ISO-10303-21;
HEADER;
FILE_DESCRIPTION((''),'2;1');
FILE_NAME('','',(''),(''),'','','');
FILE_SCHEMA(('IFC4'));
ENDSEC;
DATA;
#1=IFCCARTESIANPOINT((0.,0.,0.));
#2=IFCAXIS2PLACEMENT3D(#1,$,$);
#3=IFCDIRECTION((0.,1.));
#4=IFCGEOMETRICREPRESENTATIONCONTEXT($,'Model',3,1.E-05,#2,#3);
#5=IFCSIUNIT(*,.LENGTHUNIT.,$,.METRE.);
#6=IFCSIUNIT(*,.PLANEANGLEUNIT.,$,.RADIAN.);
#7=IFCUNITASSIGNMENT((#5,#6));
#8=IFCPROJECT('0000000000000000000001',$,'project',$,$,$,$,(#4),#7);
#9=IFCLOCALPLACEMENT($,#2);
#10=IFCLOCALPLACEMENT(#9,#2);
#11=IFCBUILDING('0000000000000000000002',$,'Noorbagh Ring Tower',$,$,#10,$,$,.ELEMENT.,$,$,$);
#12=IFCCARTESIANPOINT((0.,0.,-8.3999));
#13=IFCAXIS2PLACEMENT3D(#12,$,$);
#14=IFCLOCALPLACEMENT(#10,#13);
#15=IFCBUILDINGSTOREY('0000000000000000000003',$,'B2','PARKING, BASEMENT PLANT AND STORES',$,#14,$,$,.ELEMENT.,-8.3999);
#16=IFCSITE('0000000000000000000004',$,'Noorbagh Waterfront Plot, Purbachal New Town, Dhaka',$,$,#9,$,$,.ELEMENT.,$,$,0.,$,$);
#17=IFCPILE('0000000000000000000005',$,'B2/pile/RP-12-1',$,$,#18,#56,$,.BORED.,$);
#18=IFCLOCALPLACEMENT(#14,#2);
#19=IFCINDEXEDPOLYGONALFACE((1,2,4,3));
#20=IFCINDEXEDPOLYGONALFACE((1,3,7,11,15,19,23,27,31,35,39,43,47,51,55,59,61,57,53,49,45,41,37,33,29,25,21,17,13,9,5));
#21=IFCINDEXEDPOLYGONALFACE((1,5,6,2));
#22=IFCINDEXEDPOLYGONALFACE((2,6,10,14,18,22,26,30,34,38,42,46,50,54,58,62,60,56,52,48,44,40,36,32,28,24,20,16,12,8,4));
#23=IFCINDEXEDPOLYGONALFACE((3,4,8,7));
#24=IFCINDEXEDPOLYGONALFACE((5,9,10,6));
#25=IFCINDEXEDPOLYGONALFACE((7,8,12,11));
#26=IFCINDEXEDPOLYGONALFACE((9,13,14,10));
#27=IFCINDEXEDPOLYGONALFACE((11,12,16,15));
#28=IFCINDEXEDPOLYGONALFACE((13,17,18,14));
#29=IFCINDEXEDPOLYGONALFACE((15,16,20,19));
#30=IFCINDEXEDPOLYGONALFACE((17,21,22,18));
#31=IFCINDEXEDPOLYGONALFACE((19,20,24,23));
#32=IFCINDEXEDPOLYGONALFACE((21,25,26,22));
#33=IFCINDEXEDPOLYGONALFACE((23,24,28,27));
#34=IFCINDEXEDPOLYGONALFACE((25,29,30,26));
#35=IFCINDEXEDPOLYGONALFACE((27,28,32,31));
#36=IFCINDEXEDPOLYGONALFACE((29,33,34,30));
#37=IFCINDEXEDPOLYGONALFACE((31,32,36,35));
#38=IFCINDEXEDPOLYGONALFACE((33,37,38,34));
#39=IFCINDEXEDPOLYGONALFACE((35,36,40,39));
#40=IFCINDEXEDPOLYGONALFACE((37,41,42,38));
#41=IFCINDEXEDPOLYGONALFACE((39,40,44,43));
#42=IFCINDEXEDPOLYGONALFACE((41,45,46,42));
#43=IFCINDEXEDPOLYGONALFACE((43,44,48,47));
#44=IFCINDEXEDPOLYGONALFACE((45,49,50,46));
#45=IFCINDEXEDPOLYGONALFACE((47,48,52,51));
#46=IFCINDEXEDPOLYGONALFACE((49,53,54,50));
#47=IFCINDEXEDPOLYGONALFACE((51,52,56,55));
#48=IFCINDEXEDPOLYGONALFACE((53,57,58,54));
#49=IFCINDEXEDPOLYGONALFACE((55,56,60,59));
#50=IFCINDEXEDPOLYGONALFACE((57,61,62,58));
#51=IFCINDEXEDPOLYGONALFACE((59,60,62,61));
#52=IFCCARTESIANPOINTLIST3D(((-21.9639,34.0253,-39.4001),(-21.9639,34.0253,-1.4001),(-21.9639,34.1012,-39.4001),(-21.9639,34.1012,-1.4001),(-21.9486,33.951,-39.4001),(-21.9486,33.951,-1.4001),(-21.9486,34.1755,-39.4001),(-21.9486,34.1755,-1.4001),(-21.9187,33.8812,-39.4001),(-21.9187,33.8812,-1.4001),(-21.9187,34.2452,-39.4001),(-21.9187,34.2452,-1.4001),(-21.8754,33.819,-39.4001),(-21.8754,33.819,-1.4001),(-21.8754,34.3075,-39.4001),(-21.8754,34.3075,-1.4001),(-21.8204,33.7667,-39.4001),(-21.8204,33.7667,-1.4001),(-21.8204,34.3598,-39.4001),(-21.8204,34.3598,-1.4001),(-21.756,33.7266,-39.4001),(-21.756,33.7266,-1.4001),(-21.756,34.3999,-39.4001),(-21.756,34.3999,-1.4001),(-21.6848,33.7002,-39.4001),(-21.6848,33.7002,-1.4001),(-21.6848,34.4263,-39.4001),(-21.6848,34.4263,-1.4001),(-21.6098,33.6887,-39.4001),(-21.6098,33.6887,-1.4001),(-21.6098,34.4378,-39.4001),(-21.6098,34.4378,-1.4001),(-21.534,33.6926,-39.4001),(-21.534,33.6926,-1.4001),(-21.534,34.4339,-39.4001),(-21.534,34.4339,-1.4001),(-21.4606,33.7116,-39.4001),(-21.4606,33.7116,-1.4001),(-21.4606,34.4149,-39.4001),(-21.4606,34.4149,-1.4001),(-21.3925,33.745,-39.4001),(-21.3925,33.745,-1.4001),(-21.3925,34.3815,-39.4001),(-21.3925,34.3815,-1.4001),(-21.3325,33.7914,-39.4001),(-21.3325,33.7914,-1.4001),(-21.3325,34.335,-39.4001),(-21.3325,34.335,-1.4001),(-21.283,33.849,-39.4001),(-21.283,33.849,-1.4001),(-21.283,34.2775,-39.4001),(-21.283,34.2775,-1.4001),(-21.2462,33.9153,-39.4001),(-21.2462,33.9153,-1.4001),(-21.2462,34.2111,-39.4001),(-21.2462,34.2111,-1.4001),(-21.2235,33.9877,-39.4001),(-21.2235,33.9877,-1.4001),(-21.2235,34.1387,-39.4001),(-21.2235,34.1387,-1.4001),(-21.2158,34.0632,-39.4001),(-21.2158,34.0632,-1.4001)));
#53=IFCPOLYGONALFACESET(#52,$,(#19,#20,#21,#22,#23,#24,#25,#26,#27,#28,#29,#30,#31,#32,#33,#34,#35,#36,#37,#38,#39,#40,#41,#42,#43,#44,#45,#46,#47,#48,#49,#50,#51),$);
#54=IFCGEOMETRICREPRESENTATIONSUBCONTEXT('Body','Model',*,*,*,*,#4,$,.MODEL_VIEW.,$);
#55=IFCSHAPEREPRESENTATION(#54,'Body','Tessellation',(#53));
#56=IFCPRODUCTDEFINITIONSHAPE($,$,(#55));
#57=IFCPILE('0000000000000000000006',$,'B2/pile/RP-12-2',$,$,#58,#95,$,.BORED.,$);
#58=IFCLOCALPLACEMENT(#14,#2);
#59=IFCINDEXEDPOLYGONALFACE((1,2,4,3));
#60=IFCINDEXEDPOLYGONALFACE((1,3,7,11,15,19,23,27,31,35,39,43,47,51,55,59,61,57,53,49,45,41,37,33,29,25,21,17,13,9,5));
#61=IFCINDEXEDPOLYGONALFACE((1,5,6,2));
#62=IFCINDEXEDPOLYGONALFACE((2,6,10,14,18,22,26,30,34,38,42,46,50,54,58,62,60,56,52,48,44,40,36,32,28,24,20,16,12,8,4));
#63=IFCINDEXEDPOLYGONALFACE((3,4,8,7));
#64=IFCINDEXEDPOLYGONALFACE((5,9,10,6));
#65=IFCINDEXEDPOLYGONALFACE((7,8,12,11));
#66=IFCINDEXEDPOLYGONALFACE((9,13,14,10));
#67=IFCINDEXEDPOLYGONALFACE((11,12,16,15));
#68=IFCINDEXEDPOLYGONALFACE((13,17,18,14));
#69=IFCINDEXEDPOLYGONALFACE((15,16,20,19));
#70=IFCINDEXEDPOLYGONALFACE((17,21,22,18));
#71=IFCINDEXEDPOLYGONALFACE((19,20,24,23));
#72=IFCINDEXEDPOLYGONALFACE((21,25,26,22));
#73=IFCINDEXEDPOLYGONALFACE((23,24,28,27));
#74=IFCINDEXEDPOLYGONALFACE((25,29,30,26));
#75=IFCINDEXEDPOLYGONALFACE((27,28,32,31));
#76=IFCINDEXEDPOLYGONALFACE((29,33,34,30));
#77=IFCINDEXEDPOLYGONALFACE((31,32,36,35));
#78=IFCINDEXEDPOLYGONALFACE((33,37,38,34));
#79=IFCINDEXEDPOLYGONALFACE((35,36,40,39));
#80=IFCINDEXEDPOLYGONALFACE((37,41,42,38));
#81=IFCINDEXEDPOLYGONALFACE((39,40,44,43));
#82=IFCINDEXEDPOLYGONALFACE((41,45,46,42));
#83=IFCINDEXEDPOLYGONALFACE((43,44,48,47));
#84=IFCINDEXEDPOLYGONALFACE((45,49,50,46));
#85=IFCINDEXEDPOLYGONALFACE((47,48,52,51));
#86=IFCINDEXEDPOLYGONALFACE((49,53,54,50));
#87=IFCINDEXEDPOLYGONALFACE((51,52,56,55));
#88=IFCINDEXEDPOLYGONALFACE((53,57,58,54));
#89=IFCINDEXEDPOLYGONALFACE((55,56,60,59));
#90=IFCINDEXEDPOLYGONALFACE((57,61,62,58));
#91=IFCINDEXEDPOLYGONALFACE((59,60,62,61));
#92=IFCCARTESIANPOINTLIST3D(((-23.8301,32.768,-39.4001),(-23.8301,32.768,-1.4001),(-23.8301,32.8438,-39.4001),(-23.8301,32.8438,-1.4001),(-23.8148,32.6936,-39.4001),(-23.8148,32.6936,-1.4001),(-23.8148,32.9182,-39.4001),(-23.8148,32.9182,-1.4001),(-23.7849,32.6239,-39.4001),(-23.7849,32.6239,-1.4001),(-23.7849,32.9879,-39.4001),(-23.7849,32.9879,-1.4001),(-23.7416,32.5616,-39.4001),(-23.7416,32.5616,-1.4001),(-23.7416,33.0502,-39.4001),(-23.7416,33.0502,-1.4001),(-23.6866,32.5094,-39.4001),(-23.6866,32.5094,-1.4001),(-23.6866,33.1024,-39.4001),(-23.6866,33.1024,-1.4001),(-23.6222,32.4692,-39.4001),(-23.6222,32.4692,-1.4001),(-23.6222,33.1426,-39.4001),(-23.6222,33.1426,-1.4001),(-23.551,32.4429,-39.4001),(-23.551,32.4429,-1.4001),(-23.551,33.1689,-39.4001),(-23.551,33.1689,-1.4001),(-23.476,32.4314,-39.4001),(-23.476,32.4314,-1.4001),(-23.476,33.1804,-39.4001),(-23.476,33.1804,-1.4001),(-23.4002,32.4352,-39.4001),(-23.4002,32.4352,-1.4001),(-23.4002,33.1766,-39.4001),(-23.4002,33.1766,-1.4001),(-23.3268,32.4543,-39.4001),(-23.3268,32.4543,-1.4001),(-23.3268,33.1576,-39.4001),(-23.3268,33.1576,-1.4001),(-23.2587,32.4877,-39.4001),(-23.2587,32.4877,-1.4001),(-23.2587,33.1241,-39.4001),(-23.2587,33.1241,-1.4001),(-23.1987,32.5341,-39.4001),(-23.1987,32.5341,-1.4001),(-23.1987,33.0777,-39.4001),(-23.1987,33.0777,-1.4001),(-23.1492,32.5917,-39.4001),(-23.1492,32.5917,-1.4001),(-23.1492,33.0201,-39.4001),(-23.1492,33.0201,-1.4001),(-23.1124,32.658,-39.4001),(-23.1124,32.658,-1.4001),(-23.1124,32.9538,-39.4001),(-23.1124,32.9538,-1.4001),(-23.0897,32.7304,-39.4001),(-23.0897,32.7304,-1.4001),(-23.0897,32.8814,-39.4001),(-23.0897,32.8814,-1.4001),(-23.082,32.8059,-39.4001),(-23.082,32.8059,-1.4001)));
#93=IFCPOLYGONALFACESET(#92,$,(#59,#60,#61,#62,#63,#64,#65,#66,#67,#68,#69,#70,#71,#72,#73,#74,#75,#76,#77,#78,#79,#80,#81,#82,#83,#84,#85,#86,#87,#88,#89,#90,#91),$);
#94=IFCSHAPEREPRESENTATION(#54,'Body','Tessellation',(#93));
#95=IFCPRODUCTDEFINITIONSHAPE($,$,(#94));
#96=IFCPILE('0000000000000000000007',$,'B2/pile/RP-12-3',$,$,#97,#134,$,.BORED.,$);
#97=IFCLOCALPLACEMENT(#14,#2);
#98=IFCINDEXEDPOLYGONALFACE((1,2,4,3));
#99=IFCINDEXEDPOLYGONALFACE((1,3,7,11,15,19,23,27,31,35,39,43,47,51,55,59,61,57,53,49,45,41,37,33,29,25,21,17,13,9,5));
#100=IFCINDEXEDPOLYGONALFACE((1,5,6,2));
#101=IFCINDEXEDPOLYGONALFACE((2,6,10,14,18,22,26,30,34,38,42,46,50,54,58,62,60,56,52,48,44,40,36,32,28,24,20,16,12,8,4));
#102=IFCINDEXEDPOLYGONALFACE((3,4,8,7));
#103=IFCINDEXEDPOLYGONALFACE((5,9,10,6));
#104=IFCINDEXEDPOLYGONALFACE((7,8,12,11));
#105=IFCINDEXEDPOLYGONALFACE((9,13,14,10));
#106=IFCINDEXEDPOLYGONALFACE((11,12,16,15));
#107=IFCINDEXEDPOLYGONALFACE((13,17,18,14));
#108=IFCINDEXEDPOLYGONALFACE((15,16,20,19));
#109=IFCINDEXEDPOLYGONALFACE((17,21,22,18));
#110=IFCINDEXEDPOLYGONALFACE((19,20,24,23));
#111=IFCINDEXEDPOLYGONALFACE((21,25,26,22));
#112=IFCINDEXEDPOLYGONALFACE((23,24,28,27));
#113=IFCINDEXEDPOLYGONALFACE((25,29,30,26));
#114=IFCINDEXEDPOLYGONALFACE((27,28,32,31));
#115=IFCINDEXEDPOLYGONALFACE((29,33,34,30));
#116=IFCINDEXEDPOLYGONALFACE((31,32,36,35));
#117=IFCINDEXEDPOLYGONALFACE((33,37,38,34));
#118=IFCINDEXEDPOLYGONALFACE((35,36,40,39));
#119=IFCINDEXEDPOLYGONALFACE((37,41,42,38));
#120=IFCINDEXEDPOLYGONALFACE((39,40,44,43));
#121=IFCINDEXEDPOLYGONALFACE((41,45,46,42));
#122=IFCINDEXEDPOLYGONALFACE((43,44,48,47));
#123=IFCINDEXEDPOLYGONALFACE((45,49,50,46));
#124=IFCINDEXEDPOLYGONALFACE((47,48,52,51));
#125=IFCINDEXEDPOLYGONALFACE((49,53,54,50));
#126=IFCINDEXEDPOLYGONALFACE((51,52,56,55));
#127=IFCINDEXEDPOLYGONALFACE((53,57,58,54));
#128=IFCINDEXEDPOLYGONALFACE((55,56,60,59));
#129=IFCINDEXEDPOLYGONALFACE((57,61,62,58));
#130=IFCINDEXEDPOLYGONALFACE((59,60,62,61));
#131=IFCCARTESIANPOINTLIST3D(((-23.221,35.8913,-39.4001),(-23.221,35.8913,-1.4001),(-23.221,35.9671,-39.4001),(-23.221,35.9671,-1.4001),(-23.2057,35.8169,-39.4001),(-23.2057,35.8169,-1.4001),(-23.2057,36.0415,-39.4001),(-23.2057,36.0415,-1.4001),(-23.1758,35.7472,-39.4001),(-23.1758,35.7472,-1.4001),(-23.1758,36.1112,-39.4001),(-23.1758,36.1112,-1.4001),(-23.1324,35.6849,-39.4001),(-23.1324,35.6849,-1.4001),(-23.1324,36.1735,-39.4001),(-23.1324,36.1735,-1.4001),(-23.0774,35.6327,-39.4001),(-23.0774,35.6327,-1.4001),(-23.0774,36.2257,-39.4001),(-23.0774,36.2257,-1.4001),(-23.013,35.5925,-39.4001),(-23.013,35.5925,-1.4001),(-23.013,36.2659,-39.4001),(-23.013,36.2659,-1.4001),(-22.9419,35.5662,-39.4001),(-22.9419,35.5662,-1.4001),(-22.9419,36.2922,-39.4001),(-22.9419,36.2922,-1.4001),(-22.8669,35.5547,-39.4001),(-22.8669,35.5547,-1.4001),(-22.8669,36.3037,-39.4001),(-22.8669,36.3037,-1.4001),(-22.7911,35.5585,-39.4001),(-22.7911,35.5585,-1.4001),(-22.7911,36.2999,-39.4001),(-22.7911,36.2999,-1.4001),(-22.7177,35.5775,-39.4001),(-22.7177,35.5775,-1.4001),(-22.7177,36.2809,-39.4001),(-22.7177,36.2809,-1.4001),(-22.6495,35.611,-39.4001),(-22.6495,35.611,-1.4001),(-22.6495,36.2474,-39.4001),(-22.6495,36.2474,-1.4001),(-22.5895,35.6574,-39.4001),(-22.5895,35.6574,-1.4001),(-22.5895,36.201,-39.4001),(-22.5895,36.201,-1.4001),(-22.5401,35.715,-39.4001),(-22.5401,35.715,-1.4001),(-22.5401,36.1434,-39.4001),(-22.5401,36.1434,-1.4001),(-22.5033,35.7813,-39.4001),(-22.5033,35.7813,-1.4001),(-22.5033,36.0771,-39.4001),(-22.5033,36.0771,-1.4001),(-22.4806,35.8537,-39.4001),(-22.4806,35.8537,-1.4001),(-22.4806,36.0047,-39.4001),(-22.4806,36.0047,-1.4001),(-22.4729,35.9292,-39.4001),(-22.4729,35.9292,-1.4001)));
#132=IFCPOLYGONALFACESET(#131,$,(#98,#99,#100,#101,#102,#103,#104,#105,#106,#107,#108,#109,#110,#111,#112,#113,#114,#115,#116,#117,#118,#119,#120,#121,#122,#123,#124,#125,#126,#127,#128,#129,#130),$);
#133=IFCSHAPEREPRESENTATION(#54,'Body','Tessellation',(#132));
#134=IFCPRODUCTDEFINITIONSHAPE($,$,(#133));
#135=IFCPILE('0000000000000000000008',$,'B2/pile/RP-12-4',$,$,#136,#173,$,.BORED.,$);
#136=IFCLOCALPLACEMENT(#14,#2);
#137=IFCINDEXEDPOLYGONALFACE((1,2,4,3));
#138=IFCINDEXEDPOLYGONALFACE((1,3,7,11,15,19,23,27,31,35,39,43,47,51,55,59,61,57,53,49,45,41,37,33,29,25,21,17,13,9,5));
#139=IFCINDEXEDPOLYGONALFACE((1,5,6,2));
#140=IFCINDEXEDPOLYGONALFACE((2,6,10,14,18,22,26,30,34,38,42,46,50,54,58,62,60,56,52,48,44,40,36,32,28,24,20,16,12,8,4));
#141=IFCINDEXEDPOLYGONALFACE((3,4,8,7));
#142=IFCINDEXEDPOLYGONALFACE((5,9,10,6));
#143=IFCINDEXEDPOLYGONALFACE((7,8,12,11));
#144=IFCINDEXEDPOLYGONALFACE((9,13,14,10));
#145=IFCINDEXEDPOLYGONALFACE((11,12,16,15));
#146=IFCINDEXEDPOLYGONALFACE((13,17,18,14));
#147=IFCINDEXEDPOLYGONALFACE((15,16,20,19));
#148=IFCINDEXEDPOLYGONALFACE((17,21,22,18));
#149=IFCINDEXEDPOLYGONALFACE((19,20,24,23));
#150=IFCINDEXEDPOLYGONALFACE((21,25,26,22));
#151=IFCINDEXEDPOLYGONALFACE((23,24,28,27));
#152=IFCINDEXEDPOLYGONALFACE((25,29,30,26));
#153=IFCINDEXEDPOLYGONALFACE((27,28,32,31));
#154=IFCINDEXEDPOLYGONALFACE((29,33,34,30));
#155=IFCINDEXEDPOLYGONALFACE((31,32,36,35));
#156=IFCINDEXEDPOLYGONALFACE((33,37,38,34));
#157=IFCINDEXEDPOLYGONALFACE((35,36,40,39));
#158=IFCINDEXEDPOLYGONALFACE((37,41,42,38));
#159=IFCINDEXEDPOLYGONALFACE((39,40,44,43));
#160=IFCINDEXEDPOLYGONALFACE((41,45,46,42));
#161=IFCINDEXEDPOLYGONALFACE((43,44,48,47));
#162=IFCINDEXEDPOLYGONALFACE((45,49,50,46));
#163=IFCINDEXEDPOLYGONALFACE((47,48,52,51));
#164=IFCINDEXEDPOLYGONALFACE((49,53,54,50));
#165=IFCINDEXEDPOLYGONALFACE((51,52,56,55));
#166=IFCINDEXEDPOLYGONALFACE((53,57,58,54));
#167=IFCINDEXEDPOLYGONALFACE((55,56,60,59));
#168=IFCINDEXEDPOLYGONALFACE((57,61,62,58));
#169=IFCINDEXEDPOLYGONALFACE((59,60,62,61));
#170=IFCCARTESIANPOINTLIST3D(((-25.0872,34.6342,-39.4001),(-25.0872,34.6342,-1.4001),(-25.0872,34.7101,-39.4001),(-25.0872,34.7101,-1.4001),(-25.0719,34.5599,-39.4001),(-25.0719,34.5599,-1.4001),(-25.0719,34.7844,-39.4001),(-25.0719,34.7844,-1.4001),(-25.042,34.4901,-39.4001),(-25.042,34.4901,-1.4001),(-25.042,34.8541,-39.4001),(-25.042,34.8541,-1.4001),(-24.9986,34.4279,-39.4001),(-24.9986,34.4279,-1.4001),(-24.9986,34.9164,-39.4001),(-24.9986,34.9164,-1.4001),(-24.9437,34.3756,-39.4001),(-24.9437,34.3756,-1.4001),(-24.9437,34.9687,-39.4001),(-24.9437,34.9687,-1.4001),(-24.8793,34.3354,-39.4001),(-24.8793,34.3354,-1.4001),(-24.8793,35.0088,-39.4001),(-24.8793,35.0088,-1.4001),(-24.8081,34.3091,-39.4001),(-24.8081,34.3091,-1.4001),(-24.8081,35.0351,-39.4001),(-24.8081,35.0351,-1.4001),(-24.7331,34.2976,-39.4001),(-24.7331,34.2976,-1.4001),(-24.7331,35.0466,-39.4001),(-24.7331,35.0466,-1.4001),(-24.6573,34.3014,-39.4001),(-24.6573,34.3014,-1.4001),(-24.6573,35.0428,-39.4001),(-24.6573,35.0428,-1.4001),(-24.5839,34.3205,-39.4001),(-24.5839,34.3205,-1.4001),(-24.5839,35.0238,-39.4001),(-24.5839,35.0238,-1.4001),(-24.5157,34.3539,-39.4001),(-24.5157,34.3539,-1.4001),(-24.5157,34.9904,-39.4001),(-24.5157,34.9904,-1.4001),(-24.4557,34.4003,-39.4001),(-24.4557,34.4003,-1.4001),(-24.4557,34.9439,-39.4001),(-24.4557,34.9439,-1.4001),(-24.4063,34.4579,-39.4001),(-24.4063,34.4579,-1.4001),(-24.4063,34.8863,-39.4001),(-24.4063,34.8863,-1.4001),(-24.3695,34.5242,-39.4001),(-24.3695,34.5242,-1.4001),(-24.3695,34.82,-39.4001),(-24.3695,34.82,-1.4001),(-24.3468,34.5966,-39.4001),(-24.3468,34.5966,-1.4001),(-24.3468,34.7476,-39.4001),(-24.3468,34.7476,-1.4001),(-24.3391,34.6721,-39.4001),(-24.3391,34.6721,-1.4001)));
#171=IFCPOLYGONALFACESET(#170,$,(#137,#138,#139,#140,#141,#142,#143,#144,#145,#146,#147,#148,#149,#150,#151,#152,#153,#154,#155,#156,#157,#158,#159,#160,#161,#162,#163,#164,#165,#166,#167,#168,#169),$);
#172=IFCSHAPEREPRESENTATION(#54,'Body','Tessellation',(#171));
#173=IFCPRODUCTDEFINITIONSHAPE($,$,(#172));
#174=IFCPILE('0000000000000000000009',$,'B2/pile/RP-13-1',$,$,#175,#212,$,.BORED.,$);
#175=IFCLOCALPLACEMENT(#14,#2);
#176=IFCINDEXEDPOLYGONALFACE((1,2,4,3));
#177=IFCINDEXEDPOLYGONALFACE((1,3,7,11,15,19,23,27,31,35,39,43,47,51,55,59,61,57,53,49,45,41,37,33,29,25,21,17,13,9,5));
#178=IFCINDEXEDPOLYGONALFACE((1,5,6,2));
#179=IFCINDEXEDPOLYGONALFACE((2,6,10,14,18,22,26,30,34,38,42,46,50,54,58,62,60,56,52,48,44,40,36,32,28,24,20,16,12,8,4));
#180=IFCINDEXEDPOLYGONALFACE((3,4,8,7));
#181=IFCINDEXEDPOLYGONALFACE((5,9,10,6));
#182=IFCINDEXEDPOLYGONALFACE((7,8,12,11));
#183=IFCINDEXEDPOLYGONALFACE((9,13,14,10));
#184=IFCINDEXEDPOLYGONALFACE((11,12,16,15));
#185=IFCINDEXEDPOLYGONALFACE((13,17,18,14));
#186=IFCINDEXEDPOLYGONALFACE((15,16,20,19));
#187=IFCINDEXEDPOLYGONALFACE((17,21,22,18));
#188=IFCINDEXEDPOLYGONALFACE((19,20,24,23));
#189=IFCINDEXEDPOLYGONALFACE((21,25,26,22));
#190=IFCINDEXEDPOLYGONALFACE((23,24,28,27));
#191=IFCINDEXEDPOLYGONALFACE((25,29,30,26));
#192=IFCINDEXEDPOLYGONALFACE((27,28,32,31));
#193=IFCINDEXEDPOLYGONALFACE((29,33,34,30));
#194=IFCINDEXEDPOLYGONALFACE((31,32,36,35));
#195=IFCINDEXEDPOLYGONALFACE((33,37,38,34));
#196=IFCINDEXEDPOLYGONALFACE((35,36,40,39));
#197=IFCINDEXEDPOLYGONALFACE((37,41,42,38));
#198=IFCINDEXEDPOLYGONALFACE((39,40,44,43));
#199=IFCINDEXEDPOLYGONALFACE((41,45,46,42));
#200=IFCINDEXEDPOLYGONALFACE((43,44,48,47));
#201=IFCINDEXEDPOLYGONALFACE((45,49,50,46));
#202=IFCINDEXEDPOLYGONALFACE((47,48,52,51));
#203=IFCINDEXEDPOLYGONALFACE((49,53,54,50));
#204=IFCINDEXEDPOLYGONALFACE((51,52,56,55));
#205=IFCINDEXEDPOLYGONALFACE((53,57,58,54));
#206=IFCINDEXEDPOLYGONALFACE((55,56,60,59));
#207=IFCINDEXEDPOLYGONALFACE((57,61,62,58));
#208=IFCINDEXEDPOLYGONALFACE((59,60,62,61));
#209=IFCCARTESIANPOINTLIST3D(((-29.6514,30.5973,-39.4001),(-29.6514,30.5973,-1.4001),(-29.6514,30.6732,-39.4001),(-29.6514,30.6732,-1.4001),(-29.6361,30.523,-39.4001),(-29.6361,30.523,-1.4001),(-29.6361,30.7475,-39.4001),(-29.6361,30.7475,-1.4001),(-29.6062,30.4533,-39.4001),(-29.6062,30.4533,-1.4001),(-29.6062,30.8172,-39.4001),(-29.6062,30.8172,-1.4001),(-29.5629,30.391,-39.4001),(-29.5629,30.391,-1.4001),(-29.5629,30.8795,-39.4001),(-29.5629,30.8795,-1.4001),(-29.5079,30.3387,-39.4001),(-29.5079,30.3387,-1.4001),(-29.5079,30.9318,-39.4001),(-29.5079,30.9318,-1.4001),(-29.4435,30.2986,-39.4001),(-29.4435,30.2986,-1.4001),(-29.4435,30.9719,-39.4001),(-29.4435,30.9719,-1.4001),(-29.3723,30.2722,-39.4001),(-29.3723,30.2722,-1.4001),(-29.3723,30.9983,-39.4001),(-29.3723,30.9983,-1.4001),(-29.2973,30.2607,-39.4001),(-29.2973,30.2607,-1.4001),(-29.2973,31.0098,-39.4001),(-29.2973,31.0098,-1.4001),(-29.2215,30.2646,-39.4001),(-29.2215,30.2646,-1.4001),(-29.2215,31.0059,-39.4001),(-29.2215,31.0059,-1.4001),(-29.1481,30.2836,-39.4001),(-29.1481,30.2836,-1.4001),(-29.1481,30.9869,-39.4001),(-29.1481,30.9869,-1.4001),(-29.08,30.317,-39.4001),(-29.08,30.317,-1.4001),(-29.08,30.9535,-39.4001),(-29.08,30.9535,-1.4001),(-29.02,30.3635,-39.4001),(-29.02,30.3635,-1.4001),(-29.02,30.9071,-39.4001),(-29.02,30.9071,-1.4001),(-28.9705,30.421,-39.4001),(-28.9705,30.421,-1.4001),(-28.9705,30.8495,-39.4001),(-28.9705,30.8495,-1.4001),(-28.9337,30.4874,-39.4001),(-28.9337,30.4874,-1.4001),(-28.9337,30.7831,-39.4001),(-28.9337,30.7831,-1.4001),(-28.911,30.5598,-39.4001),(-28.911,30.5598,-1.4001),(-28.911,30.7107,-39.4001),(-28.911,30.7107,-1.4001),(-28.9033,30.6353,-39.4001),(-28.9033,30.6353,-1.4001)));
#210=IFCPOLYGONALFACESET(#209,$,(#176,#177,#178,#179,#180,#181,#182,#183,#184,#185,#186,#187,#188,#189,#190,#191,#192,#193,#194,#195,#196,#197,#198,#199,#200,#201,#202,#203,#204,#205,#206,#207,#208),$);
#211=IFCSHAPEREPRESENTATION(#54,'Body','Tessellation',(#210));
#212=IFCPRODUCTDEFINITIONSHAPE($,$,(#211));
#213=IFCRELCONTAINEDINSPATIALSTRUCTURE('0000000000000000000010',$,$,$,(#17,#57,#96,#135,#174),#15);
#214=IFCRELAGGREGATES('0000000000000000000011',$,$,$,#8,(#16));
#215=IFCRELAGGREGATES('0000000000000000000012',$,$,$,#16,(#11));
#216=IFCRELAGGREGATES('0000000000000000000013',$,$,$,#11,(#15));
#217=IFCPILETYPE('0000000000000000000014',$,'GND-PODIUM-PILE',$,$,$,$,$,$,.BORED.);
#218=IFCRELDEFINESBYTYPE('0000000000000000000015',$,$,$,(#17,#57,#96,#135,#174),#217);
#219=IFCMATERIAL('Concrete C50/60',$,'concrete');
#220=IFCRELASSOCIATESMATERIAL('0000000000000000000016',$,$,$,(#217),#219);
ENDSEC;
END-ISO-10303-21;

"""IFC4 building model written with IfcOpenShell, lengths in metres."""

from ifc_helpers import new_model, si_unit, direction, frame, origin, origin_2d, place, context, subcontext, project, spatial, circle, extrude, material, material_profile, profile_set, type_object, element, save


model = new_model("IFC4")

# Units and contexts
model_context = context("Model", 3, precision=1e-05, world=origin(), true_north=direction((0.0, 1.0)))
body_context = subcontext(model_context, "Body", "Model", "MODEL_VIEW")
ifc_project = project(units=[si_unit("LENGTHUNIT", "METRE"), si_unit("PLANEANGLEUNIT", "RADIAN")], contexts=[model_context])

# Site, building, storey
site_placement = place(None, origin())
site = spatial("IfcSite", under=ifc_project, at=site_placement, Name="Noorbagh Waterfront Plot, Purbachal New Town, Dhaka", CompositionType="ELEMENT", RefElevation=0.0)
building_placement = place(site_placement, origin())
building = spatial("IfcBuilding", under=site, at=building_placement, Name="Noorbagh Ring Tower", CompositionType="ELEMENT")
storey_placement = place(building_placement, frame((0.0, 0.0, -8.3999)))
storey = spatial("IfcBuildingStorey", under=building, at=storey_placement, Name="B2", Description="PARKING, BASEMENT PLANT AND STORES", CompositionType="ELEMENT", Elevation=-8.3999)

# Piles
ifc_material_1 = material(Name="Concrete C50/60", Category="concrete")
ifc_material_profile_1 = material_profile(ifc_material_1, circle(Radius=0.375, at=origin_2d()), Name="PILE750")
ifc_profile_set_1 = profile_set([ifc_material_profile_1], Name="Concrete C50/60")
pile_type_1 = type_object("IfcPileType", Name="GND-PODIUM-PILE", PredefinedType="BORED", material=ifc_profile_set_1)
for number, where, z_axis, x_axis, name in (
    (1, (-21.5908, 34.0632, -1.4001), (0.0, 0.0, -1.0), (1.0, 0.0, 0.0), "B2/pile/RP-12-1"),
    (2, (-23.457, 32.8059, -1.4001), (0.0, 0.0, -1.0), (1.0, 0.0, 0.0), "B2/pile/RP-12-2"),
    (3, (-22.8479, 35.9292, -1.4001), (0.0, 0.0, -1.0), (1.0, 0.0, 0.0), "B2/pile/RP-12-3"),
    (4, (-24.7141, 34.6721, -1.4001), (0.0, 0.0, -1.0), (1.0, 0.0, 0.0), "B2/pile/RP-12-4"),
    (5, (-29.2783, 30.6353, -1.4001), (0.0, 0.0, -1.0), (1.0, 0.0, 0.0), "B2/pile/RP-13-1"),
):
    element("IfcPile", number, at=place(storey_placement, frame(where, z_axis=z_axis, x_axis=x_axis)), inside=storey, type_object=pile_type_1, Name=name, PredefinedType="BORED", context=body_context, shape_type="SweptSolid", body=[
        extrude(circle(Radius=0.375, at=origin_2d()), origin(), (0.0, 0.0, 1.0), 38.0),
    ])

save(model, "model.ifc")
